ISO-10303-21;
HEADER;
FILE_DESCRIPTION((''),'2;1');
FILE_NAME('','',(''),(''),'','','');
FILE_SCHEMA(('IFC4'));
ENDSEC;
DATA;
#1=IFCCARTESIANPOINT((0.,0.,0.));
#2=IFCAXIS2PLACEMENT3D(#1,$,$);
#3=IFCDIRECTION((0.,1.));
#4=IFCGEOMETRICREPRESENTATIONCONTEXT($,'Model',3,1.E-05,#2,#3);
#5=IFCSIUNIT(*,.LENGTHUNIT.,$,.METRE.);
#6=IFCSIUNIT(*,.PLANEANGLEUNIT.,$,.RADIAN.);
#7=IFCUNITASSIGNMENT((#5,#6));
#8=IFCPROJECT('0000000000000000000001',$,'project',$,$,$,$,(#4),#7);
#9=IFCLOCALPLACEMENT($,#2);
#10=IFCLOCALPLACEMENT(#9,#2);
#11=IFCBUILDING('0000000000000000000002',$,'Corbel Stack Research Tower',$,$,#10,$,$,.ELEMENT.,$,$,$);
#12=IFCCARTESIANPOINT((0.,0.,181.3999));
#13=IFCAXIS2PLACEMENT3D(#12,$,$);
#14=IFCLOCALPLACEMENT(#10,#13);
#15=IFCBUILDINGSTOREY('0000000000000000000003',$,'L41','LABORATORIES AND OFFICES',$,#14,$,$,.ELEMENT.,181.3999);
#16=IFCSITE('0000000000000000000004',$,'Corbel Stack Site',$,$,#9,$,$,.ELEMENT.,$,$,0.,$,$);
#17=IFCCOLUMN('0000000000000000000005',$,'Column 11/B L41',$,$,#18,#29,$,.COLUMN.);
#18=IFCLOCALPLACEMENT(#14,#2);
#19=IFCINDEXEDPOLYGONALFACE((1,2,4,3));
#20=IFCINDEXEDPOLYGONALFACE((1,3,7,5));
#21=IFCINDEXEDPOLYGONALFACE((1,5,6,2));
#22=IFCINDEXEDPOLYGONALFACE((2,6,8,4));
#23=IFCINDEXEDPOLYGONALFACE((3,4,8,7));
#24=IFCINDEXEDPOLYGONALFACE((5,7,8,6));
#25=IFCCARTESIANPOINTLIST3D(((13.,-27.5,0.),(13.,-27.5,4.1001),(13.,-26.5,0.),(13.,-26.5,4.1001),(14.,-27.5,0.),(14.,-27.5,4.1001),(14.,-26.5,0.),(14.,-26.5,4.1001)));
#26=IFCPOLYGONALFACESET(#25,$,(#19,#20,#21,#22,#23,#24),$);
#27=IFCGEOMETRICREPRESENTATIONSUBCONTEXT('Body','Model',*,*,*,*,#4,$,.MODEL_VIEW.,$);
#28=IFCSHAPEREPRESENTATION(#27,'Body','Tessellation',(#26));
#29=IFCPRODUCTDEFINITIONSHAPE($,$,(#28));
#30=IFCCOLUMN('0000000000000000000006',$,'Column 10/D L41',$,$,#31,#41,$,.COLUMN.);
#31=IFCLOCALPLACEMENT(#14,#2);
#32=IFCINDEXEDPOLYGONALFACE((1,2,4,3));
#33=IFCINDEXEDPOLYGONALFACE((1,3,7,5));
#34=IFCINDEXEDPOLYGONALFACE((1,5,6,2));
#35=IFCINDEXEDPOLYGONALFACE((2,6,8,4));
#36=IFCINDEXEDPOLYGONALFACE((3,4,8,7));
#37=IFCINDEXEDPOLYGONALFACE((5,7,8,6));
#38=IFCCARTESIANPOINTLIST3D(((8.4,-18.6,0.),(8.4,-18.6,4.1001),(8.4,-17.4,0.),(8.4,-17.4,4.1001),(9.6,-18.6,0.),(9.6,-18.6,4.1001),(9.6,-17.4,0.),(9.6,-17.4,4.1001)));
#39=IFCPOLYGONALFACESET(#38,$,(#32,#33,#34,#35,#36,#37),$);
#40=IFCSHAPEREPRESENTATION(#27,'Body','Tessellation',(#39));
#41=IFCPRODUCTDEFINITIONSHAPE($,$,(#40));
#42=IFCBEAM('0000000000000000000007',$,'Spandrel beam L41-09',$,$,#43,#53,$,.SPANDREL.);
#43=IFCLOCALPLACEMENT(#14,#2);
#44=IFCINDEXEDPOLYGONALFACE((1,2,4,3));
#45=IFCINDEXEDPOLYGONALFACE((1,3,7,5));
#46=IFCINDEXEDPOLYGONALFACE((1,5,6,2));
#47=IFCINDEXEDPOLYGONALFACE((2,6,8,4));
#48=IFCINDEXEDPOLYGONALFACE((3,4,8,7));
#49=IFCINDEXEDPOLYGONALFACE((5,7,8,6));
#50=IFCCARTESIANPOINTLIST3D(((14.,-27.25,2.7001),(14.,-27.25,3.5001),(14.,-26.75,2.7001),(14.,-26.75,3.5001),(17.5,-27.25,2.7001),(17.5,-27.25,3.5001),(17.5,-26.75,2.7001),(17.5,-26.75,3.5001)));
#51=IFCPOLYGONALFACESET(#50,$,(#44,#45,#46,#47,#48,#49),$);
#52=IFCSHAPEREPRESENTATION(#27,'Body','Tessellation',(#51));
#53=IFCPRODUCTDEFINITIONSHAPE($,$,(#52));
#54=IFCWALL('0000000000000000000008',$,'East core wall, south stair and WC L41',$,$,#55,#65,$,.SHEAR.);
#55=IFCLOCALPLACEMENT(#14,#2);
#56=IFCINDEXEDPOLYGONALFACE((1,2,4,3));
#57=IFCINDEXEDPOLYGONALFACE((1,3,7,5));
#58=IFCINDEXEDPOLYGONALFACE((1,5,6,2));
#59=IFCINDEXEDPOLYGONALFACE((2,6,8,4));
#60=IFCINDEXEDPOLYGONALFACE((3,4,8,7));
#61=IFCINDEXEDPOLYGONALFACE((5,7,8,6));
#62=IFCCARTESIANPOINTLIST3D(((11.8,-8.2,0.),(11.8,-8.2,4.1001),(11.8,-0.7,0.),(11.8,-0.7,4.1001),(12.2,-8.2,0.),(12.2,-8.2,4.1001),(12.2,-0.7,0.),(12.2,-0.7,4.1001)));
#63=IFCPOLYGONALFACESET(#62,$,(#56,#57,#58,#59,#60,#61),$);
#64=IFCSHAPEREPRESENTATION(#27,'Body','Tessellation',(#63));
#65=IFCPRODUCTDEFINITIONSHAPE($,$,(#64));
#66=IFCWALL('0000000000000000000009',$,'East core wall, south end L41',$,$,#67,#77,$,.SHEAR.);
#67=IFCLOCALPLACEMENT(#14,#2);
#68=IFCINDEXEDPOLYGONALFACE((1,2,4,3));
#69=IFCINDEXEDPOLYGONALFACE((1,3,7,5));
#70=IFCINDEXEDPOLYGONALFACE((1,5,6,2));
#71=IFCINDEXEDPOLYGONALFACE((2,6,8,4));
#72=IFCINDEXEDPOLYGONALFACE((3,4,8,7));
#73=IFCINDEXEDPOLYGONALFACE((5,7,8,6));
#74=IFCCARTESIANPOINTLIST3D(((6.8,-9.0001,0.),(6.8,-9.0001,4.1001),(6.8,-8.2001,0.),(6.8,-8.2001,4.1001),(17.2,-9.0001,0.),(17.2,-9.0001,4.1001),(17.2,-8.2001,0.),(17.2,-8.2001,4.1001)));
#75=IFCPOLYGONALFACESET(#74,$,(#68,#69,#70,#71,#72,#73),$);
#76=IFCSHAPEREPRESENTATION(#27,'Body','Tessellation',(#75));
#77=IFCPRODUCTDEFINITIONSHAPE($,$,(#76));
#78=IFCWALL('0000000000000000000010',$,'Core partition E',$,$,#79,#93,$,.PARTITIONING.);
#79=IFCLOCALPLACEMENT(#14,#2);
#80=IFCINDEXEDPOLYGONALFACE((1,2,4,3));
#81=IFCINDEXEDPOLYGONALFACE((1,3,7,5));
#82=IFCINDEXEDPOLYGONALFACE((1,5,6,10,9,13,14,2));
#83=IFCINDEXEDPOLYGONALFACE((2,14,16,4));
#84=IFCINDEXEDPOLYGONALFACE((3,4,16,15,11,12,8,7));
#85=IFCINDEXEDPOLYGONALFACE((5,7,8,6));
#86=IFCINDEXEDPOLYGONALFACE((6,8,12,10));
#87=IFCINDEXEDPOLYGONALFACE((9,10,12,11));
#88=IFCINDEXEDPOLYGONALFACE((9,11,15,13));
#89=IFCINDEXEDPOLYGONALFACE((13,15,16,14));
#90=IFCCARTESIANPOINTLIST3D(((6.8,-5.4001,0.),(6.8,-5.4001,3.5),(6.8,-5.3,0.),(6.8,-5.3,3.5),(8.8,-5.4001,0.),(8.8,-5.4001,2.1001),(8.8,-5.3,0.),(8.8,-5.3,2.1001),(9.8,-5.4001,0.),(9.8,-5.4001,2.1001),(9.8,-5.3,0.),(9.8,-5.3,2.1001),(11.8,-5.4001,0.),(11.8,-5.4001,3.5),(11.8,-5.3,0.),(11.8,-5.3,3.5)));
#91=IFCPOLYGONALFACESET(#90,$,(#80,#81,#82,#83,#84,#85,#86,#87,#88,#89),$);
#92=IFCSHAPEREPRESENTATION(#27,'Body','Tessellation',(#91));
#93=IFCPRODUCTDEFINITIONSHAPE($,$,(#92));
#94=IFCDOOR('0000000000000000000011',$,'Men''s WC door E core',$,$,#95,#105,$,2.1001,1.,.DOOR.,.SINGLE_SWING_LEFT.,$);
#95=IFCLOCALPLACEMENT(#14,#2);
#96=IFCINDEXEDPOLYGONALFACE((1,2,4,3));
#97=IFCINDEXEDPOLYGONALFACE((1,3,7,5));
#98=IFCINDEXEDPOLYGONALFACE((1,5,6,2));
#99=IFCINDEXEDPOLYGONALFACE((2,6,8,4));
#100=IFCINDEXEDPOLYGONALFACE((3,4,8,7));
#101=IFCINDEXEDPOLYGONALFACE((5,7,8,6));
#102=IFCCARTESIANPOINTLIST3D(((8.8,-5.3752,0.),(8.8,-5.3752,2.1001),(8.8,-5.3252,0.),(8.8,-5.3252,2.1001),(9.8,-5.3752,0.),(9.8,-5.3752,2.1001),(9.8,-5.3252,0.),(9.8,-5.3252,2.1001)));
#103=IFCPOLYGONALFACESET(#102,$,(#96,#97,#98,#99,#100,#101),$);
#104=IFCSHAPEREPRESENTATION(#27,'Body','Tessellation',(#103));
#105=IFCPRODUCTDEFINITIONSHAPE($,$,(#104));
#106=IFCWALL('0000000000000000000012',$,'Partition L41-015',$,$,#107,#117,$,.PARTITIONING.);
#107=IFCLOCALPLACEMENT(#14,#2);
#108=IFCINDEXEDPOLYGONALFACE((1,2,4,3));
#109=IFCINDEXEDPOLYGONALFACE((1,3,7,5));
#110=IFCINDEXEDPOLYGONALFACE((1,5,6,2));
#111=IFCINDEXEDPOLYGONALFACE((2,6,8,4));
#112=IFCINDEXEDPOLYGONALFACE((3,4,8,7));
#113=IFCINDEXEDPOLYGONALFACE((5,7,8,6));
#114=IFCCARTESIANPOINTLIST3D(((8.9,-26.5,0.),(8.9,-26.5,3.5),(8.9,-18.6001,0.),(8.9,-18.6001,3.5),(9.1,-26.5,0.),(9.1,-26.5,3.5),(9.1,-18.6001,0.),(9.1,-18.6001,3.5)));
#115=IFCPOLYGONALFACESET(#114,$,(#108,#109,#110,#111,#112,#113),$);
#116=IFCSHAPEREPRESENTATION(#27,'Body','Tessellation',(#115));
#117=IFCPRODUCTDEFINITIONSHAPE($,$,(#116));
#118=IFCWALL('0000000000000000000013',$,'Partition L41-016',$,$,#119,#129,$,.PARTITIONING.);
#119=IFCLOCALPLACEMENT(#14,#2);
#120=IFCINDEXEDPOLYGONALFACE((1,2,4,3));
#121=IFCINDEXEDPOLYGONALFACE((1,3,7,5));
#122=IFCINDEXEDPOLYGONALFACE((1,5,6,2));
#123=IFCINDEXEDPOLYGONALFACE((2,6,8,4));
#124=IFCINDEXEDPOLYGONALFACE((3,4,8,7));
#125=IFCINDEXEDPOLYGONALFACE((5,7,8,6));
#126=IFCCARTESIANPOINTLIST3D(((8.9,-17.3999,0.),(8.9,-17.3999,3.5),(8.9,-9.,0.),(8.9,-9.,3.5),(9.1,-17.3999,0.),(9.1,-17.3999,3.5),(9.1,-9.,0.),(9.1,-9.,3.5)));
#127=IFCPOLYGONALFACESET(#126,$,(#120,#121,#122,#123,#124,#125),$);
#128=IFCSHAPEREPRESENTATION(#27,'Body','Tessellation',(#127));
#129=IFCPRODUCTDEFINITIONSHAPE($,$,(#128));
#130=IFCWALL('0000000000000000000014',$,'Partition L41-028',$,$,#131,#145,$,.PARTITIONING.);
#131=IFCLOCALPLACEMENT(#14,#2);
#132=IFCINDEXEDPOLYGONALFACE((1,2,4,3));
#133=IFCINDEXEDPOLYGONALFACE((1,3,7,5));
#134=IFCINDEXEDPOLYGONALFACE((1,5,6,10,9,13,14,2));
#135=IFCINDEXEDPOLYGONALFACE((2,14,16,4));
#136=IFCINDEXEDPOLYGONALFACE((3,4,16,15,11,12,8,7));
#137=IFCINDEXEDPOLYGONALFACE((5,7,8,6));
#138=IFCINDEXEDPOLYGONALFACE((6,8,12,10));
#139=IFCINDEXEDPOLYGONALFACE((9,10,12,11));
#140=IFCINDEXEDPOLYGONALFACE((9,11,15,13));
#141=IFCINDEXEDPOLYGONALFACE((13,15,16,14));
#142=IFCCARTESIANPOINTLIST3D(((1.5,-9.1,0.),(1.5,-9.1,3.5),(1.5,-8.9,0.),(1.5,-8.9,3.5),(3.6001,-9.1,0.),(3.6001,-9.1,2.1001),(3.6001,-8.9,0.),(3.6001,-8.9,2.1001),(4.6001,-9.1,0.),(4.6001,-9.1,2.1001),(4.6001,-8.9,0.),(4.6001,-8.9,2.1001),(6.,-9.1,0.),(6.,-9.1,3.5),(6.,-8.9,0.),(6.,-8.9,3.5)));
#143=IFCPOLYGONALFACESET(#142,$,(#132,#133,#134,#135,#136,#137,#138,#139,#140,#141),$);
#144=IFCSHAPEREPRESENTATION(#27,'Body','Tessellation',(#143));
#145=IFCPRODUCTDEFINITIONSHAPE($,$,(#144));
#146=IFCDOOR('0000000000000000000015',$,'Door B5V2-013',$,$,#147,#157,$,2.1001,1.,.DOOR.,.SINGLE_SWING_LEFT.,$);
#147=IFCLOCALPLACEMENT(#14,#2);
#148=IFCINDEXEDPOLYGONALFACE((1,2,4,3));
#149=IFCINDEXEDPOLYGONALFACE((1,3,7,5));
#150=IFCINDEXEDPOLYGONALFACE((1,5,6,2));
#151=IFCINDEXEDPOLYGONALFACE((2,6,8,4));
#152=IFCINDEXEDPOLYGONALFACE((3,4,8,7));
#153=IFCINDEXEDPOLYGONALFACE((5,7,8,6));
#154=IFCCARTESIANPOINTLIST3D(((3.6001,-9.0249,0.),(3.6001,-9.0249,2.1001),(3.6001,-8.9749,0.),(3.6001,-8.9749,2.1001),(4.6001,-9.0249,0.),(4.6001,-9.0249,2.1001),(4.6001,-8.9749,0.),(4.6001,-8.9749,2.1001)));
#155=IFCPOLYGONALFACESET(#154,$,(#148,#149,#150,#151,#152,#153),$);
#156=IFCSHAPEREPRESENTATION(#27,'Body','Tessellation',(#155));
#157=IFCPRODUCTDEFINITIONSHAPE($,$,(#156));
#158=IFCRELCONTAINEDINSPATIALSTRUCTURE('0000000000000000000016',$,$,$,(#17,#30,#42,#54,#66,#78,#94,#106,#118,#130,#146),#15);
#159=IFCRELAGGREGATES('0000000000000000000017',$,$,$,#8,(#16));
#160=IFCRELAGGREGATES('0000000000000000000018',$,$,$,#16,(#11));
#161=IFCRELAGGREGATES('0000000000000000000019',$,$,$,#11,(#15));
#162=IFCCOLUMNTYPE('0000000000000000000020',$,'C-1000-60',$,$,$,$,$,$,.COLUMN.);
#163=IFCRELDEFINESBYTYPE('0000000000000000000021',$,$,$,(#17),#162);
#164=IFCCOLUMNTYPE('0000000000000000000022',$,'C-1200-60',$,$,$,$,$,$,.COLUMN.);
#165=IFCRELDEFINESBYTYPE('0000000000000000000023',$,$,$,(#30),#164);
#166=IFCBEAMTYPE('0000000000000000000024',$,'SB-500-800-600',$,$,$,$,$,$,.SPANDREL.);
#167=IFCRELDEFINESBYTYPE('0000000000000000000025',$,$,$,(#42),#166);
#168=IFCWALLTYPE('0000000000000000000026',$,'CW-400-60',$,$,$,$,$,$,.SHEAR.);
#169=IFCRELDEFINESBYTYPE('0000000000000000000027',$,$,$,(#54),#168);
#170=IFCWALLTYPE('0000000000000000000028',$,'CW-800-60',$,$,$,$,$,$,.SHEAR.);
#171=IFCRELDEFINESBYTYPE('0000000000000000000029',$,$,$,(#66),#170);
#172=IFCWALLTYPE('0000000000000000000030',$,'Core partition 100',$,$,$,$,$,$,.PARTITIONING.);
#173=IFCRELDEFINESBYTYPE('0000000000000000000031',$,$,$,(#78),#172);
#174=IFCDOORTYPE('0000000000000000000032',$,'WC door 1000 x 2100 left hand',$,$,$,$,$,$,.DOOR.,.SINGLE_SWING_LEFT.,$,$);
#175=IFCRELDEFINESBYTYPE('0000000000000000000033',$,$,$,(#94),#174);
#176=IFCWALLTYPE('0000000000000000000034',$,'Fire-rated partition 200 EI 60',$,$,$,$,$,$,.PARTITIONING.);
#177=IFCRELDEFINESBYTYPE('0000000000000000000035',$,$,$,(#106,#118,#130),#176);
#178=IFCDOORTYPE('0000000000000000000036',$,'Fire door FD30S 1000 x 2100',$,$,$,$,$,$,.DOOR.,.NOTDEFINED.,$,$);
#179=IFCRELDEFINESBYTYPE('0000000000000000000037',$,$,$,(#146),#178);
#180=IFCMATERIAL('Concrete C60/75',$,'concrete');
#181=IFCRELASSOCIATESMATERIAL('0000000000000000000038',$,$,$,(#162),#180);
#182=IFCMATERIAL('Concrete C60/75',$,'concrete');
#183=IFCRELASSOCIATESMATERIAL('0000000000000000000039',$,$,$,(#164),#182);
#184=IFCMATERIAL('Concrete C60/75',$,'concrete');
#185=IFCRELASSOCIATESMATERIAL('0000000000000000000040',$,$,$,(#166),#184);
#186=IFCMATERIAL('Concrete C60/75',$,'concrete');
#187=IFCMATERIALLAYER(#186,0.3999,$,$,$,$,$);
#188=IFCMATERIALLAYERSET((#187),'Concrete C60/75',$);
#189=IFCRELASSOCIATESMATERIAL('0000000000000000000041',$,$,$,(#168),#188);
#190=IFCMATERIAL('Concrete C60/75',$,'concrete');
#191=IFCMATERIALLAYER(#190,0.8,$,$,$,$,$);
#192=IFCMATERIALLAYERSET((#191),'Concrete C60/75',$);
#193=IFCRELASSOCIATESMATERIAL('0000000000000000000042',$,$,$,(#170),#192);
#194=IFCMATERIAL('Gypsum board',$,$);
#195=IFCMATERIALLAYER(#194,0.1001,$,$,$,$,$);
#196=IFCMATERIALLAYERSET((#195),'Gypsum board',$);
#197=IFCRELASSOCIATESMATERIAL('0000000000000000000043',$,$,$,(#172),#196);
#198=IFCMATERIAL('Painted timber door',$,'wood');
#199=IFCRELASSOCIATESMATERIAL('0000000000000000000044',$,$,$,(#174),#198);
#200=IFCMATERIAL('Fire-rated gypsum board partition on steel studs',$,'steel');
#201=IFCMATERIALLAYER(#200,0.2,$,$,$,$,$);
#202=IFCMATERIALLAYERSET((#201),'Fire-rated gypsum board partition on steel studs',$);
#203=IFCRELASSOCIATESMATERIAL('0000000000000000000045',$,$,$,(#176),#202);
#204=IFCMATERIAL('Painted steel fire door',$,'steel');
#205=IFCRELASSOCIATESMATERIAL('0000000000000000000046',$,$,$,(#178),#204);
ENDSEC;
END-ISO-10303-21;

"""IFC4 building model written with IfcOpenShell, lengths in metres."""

from ifc_helpers import new_model, si_unit, direction, frame, frame_2d, origin, origin_2d, place, context, subcontext, project, spatial, rectangle, extrude, material, layer, layer_set, material_profile, profile_set, type_object, element, fill, save


model = new_model("IFC4")

# Units and contexts
model_context = context("Model", 3, precision=1e-05, world=origin(), true_north=direction((0.0, 1.0)))
body_context = subcontext(model_context, "Body", "Model", "MODEL_VIEW")
ifc_project = project(units=[si_unit("LENGTHUNIT", "METRE"), si_unit("PLANEANGLEUNIT", "RADIAN")], contexts=[model_context])

# Site, building, storey
site_placement = place(None, origin())
site = spatial("IfcSite", under=ifc_project, at=site_placement, Name="Corbel Stack Site", CompositionType="ELEMENT", RefElevation=0.0)
building_placement = place(site_placement, origin())
building = spatial("IfcBuilding", under=site, at=building_placement, Name="Corbel Stack Research Tower", CompositionType="ELEMENT")
storey_placement = place(building_placement, frame((0.0, 0.0, 181.3999)))
storey = spatial("IfcBuildingStorey", under=building, at=storey_placement, Name="L41", Description="LABORATORIES AND OFFICES", CompositionType="ELEMENT", Elevation=181.3999)

# Columns
ifc_material_1 = material(Name="Concrete C60/75", Category="concrete")
ifc_material_profile_1 = material_profile(ifc_material_1, rectangle(XDim=1.0, YDim=1.0, at=origin_2d()), Name="RC 1000 x 1000")
ifc_profile_set_1 = profile_set([ifc_material_profile_1], Name="Concrete C60/75")
column_type_1 = type_object("IfcColumnType", Name="C-1000-60", PredefinedType="COLUMN", material=ifc_profile_set_1)
column_1_placement = place(storey_placement, frame((13.5, -27.0, 0.0), z_axis=(0.0, 0.0, 1.0), x_axis=(1.0, 0.0, 0.0)))
element("IfcColumn", 1, at=column_1_placement, inside=storey, type_object=column_type_1, Name="Column 11/B L41", PredefinedType="COLUMN", context=body_context, shape_type="SweptSolid", body=[
    extrude(rectangle(XDim=1.0, YDim=1.0, at=origin_2d()), origin(), (0.0, 0.0, 1.0), 4.1001),
])
ifc_material_2 = material(Name="Concrete C60/75", Category="concrete")
ifc_material_profile_2 = material_profile(ifc_material_2, rectangle(XDim=1.2, YDim=1.2, at=origin_2d()), Name="RC 1200 x 1200")
ifc_profile_set_2 = profile_set([ifc_material_profile_2], Name="Concrete C60/75")
column_type_2 = type_object("IfcColumnType", Name="C-1200-60", PredefinedType="COLUMN", material=ifc_profile_set_2)
column_2_placement = place(storey_placement, frame((9.0, -18.0, 0.0), z_axis=(0.0, 0.0, 1.0), x_axis=(1.0, 0.0, 0.0)))
element("IfcColumn", 2, at=column_2_placement, inside=storey, type_object=column_type_2, Name="Column 10/D L41", PredefinedType="COLUMN", context=body_context, shape_type="SweptSolid", body=[
    extrude(rectangle(XDim=1.2, YDim=1.2, at=origin_2d()), origin(), (0.0, 0.0, 1.0), 4.1001),
])

# Beam
ifc_material_3 = material(Name="Concrete C60/75", Category="concrete")
ifc_material_profile_3 = material_profile(ifc_material_3, rectangle(XDim=0.5, YDim=0.8, at=origin_2d()), Name="RC 500 x 800")
ifc_profile_set_3 = profile_set([ifc_material_profile_3], Name="Concrete C60/75")
beam_type = type_object("IfcBeamType", Name="SB-500-800-600", PredefinedType="SPANDREL", material=ifc_profile_set_3)
beam_placement = place(storey_placement, frame((14.0, -27.0, 3.1001), z_axis=(1.0, 0.0, 0.0), x_axis=(0.0, 1.0, 0.0)))
element("IfcBeam", 3, at=beam_placement, inside=storey, type_object=beam_type, Name="Spandrel beam L41-09", PredefinedType="SPANDREL", context=body_context, shape_type="SweptSolid", body=[
    extrude(rectangle(XDim=0.5, YDim=0.8, at=origin_2d()), origin(), (0.0, 0.0, 1.0), 3.5),
])

# Wall
ifc_material_4 = material(Name="Concrete C60/75", Category="concrete")
ifc_layer_1 = layer(ifc_material_4, 0.3999)
ifc_layer_set_1 = layer_set([ifc_layer_1], Name="Concrete C60/75")
wall_type_1 = type_object("IfcWallType", Name="CW-400-60", PredefinedType="SHEAR", material=ifc_layer_set_1)
wall_1_placement = place(storey_placement, frame((12.0, -8.2, 0.0), z_axis=(0.0, 0.0, 1.0), x_axis=(0.0, 1.0, 0.0)))
element("IfcWall", 4, at=wall_1_placement, inside=storey, type_object=wall_type_1, Name="East core wall, south stair and WC L41", PredefinedType="SHEAR", context=body_context, shape_type="SweptSolid", body=[
    extrude(rectangle(XDim=7.5, YDim=0.3999, at=frame_2d((3.75, 0.0))), origin(), (0.0, 0.0, 1.0), 4.1001),
])

# Shared definitions
ifc_material_5 = material(Name="Concrete C60/75", Category="concrete")
ifc_layer_2 = layer(ifc_material_5, 0.8)
ifc_layer_set_2 = layer_set([ifc_layer_2], Name="Concrete C60/75")
wall_type_2 = type_object("IfcWallType", Name="CW-800-60", PredefinedType="SHEAR", material=ifc_layer_set_2)

# Wall
wall_2_placement = place(storey_placement, frame((6.8, -8.6001, 0.0), z_axis=(0.0, 0.0, 1.0), x_axis=(1.0, 0.0, 0.0)))
element("IfcWall", 5, at=wall_2_placement, inside=storey, type_object=wall_type_2, Name="East core wall, south end L41", PredefinedType="SHEAR", context=body_context, shape_type="SweptSolid", body=[
    extrude(rectangle(XDim=10.3999, YDim=0.8, at=frame_2d((5.2, 0.0))), origin(), (0.0, 0.0, 1.0), 4.1001),
])

# Wall, opening, door
ifc_material_6 = material(Name="Gypsum board")
ifc_layer_3 = layer(ifc_material_6, 0.1001)
ifc_layer_set_3 = layer_set([ifc_layer_3], Name="Gypsum board")
wall_type_3 = type_object("IfcWallType", Name="Core partition 100", PredefinedType="PARTITIONING", material=ifc_layer_set_3)
wall_3_placement = place(storey_placement, frame((6.8, -5.3501, 0.0), z_axis=(0.0, 0.0, 1.0), x_axis=(1.0, 0.0, 0.0)))
wall_3 = element("IfcWall", 6, at=wall_3_placement, inside=storey, type_object=wall_type_3, Name="Core partition E", PredefinedType="PARTITIONING", context=body_context, shape_type="SweptSolid", body=[
    extrude(rectangle(XDim=5.0, YDim=0.1001, at=frame_2d((2.5, 0.0))), origin(), (0.0, 0.0, 1.0), 3.5),
])
opening_1_placement = place(wall_3_placement, frame((2.0, 0.0, 0.0)))
opening_1 = element("IfcOpeningElement", 7, at=opening_1_placement, cuts=wall_3, PredefinedType="OPENING", context=body_context, shape_type="SweptSolid", body=[
    extrude(rectangle(XDim=1.0, YDim=2.1001, at=frame_2d((0.5, 1.05))), frame((0.0, 0.0601, 0.0), z_axis=(0.0, -1.0, 0.0), x_axis=(1.0, 0.0, 0.0)), (0.0, 0.0, 1.0), 0.1201),
])
ifc_material_7 = material(Name="Painted timber door", Category="wood")
door_type_1 = type_object("IfcDoorType", Name="WC door 1000 x 2100 left hand", OperationType="SINGLE_SWING_LEFT", PredefinedType="DOOR", material=ifc_material_7)
door_1_placement = place(opening_1_placement, origin())
door_1 = element("IfcDoor", 8, at=door_1_placement, inside=storey, type_object=door_type_1, Name="Men's WC door E core", OperationType="SINGLE_SWING_LEFT", OverallHeight=2.1001, OverallWidth=1.0, PredefinedType="DOOR", context=body_context, shape_type="SweptSolid", body=[
    extrude(rectangle(XDim=1.0, YDim=2.1001, at=frame_2d((0.5, 1.05))), frame((0.0, 0.0249, 0.0), z_axis=(0.0, -1.0, 0.0), x_axis=(1.0, 0.0, 0.0)), (0.0, 0.0, 1.0), 0.05),
])
fill(opening_1, door_1)

# Walls
ifc_material_8 = material(Name="Fire-rated gypsum board partition on steel studs", Category="steel")
ifc_layer_4 = layer(ifc_material_8, 0.2)
ifc_layer_set_4 = layer_set([ifc_layer_4], Name="Fire-rated gypsum board partition on steel studs")
wall_type_4 = type_object("IfcWallType", Name="Fire-rated partition 200 EI 60", PredefinedType="PARTITIONING", material=ifc_layer_set_4)
wall_4_placement = place(storey_placement, frame((9.0, -26.5, 0.0), z_axis=(0.0, 0.0, 1.0), x_axis=(0.0, 1.0, 0.0)))
element("IfcWall", 9, at=wall_4_placement, inside=storey, type_object=wall_type_4, Name="Partition L41-015", PredefinedType="PARTITIONING", context=body_context, shape_type="SweptSolid", body=[
    extrude(rectangle(XDim=7.8999, YDim=0.2, at=frame_2d((3.95, 0.0))), origin(), (0.0, 0.0, 1.0), 3.5),
])
wall_5_placement = place(storey_placement, frame((9.0, -17.3999, 0.0), z_axis=(0.0, 0.0, 1.0), x_axis=(0.0, 1.0, 0.0)))
element("IfcWall", 10, at=wall_5_placement, inside=storey, type_object=wall_type_4, Name="Partition L41-016", PredefinedType="PARTITIONING", context=body_context, shape_type="SweptSolid", body=[
    extrude(rectangle(XDim=8.3999, YDim=0.2, at=frame_2d((4.2, 0.0))), origin(), (0.0, 0.0, 1.0), 3.5),
])

# Wall, opening, door
wall_6_placement = place(storey_placement, frame((6.0, -9.0, 0.0), z_axis=(0.0, 0.0, 1.0), x_axis=(-1.0, 0.0, 0.0)))
wall_6 = element("IfcWall", 11, at=wall_6_placement, inside=storey, type_object=wall_type_4, Name="Partition L41-028", PredefinedType="PARTITIONING", context=body_context, shape_type="SweptSolid", body=[
    extrude(rectangle(XDim=4.5, YDim=0.2, at=frame_2d((2.25, 0.0))), origin(), (0.0, 0.0, 1.0), 3.5),
])
opening_2_placement = place(wall_6_placement, frame((1.3999, 0.0, 0.0)))
opening_2 = element("IfcOpeningElement", 12, at=opening_2_placement, cuts=wall_6, PredefinedType="OPENING", context=body_context, shape_type="SweptSolid", body=[
    extrude(rectangle(XDim=1.0, YDim=2.1001, at=frame_2d((0.5, 1.05))), frame((0.0, 0.1099, 0.0), z_axis=(0.0, -1.0, 0.0), x_axis=(1.0, 0.0, 0.0)), (0.0, 0.0, 1.0), 0.22),
])
ifc_material_9 = material(Name="Painted steel fire door", Category="steel")
door_type_2 = type_object("IfcDoorType", Name="Fire door FD30S 1000 x 2100", OperationType="NOTDEFINED", PredefinedType="DOOR", material=ifc_material_9)
door_2_placement = place(opening_2_placement, origin())
door_2 = element("IfcDoor", 13, at=door_2_placement, inside=storey, type_object=door_type_2, Name="Door B5V2-013", OperationType="SINGLE_SWING_LEFT", OverallHeight=2.1001, OverallWidth=1.0, PredefinedType="DOOR", context=body_context, shape_type="SweptSolid", body=[
    extrude(rectangle(XDim=1.0, YDim=2.1001, at=frame_2d((0.5, 1.05))), frame((0.0, 0.0249, 0.0), z_axis=(0.0, -1.0, 0.0), x_axis=(1.0, 0.0, 0.0)), (0.0, 0.0, 1.0), 0.05),
])
fill(opening_2, door_2)

save(model, "model.ifc")
